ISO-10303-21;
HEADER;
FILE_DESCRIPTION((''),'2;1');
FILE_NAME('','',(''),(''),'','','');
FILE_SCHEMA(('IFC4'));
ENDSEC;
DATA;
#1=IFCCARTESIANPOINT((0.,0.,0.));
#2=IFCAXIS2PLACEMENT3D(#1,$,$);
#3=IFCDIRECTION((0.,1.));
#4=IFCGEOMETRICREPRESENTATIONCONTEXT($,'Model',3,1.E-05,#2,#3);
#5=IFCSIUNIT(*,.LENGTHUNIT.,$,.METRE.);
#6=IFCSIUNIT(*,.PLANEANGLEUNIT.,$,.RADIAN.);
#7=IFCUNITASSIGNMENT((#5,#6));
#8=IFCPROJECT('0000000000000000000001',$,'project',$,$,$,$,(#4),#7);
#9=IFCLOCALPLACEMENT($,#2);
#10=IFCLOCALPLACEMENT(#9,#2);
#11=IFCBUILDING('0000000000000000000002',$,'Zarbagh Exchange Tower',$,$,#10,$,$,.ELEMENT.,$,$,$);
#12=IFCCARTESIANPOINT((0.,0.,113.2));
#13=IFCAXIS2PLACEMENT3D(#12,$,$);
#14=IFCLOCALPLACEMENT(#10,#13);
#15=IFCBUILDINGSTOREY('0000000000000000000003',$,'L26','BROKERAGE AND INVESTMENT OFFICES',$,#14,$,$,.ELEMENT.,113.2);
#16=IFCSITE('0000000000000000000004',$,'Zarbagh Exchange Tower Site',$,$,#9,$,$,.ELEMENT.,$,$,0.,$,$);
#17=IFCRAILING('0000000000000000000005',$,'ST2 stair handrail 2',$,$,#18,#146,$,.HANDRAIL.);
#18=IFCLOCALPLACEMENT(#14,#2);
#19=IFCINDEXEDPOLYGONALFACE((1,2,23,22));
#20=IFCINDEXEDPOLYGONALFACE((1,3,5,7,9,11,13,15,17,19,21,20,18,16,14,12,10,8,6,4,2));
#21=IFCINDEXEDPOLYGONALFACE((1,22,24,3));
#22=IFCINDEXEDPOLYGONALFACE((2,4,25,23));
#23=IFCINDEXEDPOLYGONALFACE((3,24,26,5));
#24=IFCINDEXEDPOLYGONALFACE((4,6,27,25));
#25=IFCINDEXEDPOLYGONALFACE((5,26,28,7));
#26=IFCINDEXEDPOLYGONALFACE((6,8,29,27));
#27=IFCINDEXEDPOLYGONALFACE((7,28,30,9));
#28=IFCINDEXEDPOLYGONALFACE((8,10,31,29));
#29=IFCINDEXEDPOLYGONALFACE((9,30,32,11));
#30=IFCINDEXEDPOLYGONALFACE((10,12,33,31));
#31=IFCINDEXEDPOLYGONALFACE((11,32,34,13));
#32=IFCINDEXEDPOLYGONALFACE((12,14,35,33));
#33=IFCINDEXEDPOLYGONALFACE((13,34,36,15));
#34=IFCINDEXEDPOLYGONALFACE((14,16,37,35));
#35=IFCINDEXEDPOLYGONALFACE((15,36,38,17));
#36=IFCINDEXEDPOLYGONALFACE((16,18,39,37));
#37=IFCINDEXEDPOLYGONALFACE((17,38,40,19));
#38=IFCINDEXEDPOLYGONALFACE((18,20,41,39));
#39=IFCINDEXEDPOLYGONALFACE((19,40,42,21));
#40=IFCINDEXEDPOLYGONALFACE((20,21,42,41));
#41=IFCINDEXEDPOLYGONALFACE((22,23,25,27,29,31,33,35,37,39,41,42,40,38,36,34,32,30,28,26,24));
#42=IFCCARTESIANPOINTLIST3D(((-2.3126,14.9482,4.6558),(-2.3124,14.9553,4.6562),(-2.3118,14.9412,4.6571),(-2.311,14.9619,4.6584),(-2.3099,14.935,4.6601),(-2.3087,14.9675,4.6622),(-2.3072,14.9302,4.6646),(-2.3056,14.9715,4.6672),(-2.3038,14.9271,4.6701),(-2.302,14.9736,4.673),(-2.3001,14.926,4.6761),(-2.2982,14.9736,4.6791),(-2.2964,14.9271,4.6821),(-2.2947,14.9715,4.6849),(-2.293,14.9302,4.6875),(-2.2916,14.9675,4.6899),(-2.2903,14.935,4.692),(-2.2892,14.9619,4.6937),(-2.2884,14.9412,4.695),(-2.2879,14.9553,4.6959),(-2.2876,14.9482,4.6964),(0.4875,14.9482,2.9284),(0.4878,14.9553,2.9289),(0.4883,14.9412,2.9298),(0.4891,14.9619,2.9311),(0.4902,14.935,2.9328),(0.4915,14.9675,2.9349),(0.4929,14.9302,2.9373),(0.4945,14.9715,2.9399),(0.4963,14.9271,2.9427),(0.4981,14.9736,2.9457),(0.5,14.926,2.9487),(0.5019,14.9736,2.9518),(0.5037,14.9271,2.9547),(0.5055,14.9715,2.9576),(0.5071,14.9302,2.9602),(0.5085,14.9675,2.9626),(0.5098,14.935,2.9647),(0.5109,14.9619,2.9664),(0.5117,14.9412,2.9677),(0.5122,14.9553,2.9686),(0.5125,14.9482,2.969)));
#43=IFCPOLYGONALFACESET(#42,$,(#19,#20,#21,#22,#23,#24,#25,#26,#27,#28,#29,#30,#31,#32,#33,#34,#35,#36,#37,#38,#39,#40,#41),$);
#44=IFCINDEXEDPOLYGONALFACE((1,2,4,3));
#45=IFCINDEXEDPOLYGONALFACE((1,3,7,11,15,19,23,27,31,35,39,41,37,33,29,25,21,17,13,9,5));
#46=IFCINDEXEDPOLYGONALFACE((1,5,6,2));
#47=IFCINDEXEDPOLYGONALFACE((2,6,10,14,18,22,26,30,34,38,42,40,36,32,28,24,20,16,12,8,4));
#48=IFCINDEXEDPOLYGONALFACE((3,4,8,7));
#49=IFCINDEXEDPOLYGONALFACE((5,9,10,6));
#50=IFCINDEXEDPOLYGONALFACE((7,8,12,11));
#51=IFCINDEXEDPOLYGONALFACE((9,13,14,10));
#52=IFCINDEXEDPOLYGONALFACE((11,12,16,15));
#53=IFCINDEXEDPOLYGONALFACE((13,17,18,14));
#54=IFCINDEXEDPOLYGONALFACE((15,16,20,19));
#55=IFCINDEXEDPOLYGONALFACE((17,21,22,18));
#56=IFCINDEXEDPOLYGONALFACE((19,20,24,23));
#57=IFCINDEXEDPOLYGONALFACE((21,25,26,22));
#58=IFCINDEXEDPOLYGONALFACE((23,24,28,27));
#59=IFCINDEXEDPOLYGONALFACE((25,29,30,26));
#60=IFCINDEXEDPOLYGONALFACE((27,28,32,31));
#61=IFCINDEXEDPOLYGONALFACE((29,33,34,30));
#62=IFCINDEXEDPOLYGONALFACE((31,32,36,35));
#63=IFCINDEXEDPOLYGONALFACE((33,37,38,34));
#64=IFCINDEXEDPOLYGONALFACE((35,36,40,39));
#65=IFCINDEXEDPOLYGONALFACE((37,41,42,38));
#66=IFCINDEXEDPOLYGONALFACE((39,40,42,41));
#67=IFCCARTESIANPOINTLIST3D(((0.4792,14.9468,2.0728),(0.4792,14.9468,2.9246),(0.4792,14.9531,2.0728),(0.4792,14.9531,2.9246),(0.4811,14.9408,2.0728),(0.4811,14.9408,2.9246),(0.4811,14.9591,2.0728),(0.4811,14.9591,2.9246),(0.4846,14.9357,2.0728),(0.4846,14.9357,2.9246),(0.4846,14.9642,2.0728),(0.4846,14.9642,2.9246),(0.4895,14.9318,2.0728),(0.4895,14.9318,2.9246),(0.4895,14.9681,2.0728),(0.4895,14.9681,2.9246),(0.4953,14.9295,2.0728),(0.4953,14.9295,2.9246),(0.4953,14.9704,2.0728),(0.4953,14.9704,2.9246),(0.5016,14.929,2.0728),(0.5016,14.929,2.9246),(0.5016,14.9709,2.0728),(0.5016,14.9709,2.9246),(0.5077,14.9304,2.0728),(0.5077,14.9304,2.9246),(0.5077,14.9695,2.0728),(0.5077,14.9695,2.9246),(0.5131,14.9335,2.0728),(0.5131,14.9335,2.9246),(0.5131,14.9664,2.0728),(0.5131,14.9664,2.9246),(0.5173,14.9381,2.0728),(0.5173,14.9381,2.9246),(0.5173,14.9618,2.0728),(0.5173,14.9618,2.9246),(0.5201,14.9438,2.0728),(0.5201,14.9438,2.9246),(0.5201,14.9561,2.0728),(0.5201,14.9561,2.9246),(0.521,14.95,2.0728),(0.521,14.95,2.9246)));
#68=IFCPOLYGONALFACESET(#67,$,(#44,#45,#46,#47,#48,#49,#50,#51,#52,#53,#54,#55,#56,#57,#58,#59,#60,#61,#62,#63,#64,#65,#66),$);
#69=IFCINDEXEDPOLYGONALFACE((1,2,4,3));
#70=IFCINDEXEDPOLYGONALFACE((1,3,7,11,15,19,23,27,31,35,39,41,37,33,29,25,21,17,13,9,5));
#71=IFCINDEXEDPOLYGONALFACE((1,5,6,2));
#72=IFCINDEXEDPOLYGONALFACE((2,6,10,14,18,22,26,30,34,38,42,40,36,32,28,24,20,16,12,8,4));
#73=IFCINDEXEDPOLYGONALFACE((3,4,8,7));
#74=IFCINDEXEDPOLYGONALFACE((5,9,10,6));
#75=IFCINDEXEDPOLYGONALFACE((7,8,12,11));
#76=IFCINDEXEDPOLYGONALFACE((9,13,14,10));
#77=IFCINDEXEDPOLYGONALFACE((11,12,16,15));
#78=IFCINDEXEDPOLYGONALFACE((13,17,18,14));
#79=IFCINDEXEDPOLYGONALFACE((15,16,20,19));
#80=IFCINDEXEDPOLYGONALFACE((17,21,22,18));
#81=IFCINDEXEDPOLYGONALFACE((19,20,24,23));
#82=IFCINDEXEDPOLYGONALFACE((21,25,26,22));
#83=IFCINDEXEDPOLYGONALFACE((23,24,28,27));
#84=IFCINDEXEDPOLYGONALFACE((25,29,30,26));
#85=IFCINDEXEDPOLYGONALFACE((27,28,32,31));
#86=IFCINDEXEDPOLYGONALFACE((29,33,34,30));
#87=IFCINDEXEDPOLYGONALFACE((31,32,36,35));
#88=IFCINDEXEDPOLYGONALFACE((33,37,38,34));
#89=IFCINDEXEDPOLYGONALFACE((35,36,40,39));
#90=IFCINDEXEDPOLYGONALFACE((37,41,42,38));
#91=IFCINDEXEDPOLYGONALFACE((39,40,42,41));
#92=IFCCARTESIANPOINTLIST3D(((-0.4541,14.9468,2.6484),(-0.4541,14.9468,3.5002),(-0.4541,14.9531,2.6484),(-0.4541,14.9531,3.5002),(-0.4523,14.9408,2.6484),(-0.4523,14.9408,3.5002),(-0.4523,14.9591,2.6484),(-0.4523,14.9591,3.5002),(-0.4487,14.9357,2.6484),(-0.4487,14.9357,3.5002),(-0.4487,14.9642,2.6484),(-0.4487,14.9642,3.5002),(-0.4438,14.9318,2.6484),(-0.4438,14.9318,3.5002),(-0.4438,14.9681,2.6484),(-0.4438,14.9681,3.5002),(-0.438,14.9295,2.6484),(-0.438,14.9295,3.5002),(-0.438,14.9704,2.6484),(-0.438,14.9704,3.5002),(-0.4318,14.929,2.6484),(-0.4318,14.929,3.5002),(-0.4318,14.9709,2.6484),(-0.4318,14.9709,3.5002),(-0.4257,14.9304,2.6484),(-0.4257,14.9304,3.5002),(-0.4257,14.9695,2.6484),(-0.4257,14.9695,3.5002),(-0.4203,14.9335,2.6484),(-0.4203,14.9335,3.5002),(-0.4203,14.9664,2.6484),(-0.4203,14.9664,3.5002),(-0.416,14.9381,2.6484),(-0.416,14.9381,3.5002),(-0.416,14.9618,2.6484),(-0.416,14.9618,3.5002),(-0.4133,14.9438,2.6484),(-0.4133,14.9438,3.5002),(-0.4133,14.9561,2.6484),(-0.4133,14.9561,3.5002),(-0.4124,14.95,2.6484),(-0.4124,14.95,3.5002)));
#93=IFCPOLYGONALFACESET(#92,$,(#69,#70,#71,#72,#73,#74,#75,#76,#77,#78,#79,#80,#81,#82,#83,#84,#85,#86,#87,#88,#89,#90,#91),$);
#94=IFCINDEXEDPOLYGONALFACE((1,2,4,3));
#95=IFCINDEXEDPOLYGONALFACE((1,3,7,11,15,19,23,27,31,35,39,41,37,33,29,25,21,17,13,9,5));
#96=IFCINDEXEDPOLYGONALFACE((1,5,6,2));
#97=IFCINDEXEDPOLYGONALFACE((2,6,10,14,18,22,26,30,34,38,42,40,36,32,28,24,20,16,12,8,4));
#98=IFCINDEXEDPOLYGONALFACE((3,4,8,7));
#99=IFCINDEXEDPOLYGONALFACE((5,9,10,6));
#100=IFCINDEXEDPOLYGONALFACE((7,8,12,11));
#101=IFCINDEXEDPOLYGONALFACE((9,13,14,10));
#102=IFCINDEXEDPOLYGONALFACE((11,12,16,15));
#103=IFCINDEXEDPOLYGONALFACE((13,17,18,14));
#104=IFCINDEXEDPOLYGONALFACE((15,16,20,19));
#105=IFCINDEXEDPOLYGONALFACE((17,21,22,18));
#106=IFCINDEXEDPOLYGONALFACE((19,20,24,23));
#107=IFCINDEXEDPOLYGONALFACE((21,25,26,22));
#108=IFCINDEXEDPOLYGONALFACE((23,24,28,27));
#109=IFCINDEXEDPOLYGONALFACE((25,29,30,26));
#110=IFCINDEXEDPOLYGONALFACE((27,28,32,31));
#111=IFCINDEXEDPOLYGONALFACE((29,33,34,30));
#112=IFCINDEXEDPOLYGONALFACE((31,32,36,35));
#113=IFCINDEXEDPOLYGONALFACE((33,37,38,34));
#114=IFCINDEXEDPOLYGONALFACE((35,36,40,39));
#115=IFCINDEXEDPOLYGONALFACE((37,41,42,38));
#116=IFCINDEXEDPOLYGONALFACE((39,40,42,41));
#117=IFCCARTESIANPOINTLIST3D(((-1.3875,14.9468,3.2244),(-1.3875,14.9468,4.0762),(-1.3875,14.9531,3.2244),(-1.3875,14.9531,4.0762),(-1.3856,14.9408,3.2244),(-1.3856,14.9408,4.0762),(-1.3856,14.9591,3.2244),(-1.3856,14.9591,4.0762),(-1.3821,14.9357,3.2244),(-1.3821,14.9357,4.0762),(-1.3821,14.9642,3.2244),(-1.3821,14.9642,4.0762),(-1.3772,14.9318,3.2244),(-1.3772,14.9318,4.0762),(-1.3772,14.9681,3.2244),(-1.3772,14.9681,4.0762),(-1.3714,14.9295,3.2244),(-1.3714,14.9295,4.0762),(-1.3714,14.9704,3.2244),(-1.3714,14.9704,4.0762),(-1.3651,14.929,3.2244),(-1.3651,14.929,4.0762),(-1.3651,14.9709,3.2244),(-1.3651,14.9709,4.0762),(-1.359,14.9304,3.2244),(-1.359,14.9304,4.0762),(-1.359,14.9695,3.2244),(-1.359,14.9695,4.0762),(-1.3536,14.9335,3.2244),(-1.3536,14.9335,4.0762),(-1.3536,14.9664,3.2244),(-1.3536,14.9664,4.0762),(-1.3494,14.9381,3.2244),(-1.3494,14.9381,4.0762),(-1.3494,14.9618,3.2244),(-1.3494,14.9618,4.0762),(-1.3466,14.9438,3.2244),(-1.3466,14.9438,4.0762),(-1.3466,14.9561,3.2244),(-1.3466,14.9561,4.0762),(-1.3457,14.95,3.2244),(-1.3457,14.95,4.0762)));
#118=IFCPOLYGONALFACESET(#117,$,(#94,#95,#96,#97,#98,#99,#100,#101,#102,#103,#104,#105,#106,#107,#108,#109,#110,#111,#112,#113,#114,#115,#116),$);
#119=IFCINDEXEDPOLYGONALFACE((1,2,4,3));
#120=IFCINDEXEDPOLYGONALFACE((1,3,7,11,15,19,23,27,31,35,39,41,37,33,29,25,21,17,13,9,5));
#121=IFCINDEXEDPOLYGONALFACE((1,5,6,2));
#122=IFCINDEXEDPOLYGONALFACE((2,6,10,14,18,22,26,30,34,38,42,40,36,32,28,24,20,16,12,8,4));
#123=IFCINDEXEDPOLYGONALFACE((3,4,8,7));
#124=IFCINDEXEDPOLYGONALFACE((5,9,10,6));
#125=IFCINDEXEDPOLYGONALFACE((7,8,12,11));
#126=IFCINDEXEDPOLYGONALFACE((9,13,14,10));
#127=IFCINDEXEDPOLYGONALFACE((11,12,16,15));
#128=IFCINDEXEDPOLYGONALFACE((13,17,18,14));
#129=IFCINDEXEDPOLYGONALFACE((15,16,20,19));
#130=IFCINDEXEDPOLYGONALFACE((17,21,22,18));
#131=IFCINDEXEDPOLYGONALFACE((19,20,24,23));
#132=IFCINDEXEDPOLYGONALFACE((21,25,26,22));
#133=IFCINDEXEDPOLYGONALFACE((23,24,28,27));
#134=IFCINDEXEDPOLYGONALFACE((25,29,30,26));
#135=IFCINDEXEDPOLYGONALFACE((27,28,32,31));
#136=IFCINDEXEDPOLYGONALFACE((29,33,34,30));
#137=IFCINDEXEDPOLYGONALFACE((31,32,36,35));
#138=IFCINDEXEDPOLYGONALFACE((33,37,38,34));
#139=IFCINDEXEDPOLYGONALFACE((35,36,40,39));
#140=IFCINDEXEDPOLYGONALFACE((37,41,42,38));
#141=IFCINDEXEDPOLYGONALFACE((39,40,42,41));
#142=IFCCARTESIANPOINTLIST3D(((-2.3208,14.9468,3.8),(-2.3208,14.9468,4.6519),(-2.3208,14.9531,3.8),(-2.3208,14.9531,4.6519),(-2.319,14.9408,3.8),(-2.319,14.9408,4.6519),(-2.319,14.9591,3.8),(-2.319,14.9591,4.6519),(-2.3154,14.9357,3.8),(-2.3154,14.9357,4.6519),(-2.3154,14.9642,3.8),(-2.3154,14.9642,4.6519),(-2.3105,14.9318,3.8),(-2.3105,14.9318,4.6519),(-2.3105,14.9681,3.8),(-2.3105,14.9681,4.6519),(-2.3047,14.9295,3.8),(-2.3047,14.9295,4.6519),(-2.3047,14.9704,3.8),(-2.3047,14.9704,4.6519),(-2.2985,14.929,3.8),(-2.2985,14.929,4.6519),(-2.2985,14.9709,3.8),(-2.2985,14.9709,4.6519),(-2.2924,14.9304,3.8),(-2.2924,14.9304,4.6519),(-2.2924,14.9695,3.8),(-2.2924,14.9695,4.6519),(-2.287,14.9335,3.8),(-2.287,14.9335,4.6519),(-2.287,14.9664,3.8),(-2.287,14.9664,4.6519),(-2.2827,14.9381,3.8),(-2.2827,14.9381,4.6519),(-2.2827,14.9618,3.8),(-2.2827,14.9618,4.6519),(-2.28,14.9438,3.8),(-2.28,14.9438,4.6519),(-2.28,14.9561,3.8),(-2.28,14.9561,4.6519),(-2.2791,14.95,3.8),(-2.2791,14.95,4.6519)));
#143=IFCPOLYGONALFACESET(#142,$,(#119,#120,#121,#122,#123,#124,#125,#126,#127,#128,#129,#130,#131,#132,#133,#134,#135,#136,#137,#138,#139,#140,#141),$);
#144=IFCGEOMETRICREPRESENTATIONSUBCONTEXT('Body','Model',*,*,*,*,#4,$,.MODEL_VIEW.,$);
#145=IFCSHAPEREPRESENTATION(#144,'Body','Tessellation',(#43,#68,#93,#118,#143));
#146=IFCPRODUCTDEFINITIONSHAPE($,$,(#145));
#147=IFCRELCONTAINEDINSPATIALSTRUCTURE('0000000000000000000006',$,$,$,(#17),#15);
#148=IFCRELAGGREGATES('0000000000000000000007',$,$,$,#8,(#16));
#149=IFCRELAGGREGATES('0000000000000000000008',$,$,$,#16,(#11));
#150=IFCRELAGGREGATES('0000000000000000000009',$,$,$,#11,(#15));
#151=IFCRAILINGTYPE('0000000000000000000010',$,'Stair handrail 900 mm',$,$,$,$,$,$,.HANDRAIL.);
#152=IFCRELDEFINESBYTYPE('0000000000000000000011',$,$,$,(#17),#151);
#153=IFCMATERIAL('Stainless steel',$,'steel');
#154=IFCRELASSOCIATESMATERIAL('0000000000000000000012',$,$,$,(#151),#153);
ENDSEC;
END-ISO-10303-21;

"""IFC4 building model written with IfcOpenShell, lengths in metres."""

from ifc_helpers import new_model, si_unit, direction, frame, origin, origin_2d, place, context, subcontext, project, spatial, circle, extrude, material, type_object, element, save


model = new_model("IFC4")

# Units and contexts
model_context = context("Model", 3, precision=1e-05, world=origin(), true_north=direction((0.0, 1.0)))
body_context = subcontext(model_context, "Body", "Model", "MODEL_VIEW")
ifc_project = project(units=[si_unit("LENGTHUNIT", "METRE"), si_unit("PLANEANGLEUNIT", "RADIAN")], contexts=[model_context])

# Site, building, storey
site_placement = place(None, origin())
site = spatial("IfcSite", under=ifc_project, at=site_placement, Name="Zarbagh Exchange Tower Site", CompositionType="ELEMENT", RefElevation=0.0)
building_placement = place(site_placement, origin())
building = spatial("IfcBuilding", under=site, at=building_placement, Name="Zarbagh Exchange Tower", CompositionType="ELEMENT")
storey_placement = place(building_placement, frame((0.0, 0.0, 113.2)))
storey = spatial("IfcBuildingStorey", under=building, at=storey_placement, Name="L26", Description="BROKERAGE AND INVESTMENT OFFICES", CompositionType="ELEMENT", Elevation=113.2)

# Shared definitions
ifc_material_1 = material(Name="Stainless steel", Category="steel")

# Railing
railing_type = type_object("IfcRailingType", Name="Stair handrail 900 mm", PredefinedType="HANDRAIL", material=ifc_material_1)
for number, where, name in (
    (1, (0.5, 14.95, 2.0728), "ST2 stair handrail 2"),
):
    element("IfcRailing", number, at=place(storey_placement, frame(where)), inside=storey, type_object=railing_type, Name=name, PredefinedType="HANDRAIL", context=body_context, shape_type="SweptSolid", body=[
        extrude(circle(Radius=0.0239, at=origin_2d()), frame((0.0, 0.0, 0.876), z_axis=(-0.85109, 0.0, 0.52502), x_axis=(0.0, -1.0, 0.0)), (0.0, 0.0, 1.0), 3.29),
        extrude(circle(Radius=0.021, at=origin_2d()), origin(), (0.0, 0.0, 1.0), 0.8518),
        extrude(circle(Radius=0.021, at=origin_2d()), frame((-0.9333, 0.0, 0.5757)), (0.0, 0.0, 1.0), 0.8518),
        extrude(circle(Radius=0.021, at=origin_2d()), frame((-1.8667, 0.0, 1.1516)), (0.0, 0.0, 1.0), 0.8518),
        extrude(circle(Radius=0.021, at=origin_2d()), frame((-2.8, 0.0, 1.7273)), (0.0, 0.0, 1.0), 0.8518),
    ])

save(model, "model.ifc")
